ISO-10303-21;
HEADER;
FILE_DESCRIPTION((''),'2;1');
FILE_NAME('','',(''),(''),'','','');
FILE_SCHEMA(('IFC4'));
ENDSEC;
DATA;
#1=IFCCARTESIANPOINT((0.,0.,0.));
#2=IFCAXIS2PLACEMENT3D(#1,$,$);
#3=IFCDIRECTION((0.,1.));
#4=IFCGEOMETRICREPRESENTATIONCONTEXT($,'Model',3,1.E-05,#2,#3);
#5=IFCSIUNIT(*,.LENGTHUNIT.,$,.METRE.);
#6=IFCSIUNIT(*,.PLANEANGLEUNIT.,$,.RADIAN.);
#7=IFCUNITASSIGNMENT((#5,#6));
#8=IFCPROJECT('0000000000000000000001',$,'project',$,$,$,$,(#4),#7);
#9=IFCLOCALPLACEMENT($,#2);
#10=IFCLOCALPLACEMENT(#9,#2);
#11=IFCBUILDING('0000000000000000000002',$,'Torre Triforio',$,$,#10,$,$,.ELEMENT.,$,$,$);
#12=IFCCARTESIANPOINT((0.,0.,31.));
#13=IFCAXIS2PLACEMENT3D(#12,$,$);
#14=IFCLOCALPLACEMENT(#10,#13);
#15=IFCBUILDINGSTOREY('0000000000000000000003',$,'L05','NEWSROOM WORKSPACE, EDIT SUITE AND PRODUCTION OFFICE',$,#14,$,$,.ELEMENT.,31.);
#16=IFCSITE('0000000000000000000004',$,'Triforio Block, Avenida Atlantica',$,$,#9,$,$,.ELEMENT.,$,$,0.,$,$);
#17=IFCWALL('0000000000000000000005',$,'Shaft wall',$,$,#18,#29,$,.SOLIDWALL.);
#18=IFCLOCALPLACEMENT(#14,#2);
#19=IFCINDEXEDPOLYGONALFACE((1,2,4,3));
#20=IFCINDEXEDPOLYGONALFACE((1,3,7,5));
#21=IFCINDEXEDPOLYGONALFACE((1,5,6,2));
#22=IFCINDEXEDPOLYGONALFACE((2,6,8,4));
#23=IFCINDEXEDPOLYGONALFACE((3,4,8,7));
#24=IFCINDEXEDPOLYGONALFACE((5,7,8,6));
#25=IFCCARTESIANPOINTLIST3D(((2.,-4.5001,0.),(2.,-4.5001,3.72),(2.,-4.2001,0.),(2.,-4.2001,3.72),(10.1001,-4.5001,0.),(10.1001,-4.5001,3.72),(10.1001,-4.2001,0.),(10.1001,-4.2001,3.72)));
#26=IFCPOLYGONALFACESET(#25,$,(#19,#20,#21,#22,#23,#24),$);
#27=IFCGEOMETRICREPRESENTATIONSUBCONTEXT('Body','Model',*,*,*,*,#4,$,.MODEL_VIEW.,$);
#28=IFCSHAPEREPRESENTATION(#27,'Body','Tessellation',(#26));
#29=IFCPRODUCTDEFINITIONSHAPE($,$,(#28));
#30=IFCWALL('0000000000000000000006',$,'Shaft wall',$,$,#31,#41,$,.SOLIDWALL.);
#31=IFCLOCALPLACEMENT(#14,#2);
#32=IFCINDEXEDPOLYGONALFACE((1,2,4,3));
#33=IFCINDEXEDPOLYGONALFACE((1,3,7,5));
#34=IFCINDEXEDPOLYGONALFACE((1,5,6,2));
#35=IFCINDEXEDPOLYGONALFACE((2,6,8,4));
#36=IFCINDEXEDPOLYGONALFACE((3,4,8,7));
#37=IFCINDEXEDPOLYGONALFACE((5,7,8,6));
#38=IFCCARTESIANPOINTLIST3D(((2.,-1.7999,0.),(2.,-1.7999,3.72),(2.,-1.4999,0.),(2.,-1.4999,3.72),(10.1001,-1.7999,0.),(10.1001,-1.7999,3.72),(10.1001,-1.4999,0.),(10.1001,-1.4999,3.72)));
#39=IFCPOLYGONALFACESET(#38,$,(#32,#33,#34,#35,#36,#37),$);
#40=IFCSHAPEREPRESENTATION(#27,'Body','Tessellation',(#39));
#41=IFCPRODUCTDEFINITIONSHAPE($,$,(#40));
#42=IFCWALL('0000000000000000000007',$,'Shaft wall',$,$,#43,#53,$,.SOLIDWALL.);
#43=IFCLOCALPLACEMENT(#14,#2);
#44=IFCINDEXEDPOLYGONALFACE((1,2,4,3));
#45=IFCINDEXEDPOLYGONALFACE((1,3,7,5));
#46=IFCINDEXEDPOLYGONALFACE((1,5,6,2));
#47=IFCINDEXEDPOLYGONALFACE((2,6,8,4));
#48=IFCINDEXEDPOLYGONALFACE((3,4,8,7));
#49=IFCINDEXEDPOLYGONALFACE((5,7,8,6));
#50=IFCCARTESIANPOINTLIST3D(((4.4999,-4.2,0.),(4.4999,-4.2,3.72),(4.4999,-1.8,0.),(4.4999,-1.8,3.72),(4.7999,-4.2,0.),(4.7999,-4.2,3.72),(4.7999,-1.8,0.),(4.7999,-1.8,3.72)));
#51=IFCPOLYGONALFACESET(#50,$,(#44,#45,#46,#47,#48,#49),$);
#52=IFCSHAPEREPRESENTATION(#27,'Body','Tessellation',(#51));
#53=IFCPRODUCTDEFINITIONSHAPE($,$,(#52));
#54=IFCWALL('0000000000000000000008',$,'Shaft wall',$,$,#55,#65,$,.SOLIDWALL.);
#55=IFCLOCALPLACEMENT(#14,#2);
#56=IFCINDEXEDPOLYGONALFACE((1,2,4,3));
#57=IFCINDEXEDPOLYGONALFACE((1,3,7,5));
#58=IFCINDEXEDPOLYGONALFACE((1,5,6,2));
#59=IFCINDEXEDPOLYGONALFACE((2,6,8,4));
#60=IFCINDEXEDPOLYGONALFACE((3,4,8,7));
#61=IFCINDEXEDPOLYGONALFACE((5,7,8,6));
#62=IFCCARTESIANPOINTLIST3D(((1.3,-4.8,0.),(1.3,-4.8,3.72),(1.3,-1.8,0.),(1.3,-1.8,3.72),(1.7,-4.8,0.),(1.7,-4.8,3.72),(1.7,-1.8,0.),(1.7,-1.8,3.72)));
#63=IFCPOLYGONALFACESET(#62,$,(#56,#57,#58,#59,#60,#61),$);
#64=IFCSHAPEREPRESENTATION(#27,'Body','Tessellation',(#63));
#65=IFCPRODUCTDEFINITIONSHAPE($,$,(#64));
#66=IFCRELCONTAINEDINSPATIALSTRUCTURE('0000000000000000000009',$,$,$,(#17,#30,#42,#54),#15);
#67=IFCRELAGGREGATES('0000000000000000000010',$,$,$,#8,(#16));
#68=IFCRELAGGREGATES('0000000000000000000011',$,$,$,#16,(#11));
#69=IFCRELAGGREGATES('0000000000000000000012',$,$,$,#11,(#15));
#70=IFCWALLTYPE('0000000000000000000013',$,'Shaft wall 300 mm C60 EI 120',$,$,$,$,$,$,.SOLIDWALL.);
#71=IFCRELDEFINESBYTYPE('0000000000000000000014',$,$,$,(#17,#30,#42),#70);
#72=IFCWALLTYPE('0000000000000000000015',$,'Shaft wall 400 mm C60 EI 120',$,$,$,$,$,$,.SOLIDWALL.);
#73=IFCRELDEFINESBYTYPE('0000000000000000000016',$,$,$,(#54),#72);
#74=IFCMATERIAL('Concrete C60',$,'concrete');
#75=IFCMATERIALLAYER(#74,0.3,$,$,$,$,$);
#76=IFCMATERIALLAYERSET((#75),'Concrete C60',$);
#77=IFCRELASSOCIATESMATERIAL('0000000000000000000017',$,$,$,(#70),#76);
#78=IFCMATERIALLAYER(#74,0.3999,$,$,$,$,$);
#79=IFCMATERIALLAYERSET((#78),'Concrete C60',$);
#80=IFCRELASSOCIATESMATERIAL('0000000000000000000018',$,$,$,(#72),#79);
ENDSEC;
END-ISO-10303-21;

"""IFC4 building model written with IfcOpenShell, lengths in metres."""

from ifc_helpers import new_model, si_unit, direction, frame, frame_2d, origin, place, context, subcontext, project, spatial, rectangle, extrude, material, layer, layer_set, type_object, element, save


model = new_model("IFC4")

# Units and contexts
model_context = context("Model", 3, precision=1e-05, world=origin(), true_north=direction((0.0, 1.0)))
body_context = subcontext(model_context, "Body", "Model", "MODEL_VIEW")
ifc_project = project(units=[si_unit("LENGTHUNIT", "METRE"), si_unit("PLANEANGLEUNIT", "RADIAN")], contexts=[model_context])

# Site, building, storey
site_placement = place(None, origin())
site = spatial("IfcSite", under=ifc_project, at=site_placement, Name="Triforio Block, Avenida Atlantica", CompositionType="ELEMENT", RefElevation=0.0)
building_placement = place(site_placement, origin())
building = spatial("IfcBuilding", under=site, at=building_placement, Name="Torre Triforio", CompositionType="ELEMENT")
storey_placement = place(building_placement, frame((0.0, 0.0, 31.0)))
storey = spatial("IfcBuildingStorey", under=building, at=storey_placement, Name="L05", Description="NEWSROOM WORKSPACE, EDIT SUITE AND PRODUCTION OFFICE", CompositionType="ELEMENT", Elevation=31.0)

# Shared definitions
ifc_material_1 = material(Name="Concrete C60", Category="concrete")

# Walls
ifc_layer_1 = layer(ifc_material_1, 0.3)
ifc_layer_set_1 = layer_set([ifc_layer_1], Name="Concrete C60")
wall_type_1 = type_object("IfcWallType", Name="Shaft wall 300 mm C60 EI 120", PredefinedType="SOLIDWALL", material=ifc_layer_set_1)
for number, where, z_axis, x_axis, name in (
    (1, (2.0, -4.3501, 0.0), (0.0, 0.0, 1.0), (1.0, 0.0, 0.0), "Shaft wall"),
    (2, (2.0, -1.6499, 0.0), (0.0, 0.0, 1.0), (1.0, 0.0, 0.0), "Shaft wall"),
):
    element("IfcWall", number, at=place(storey_placement, frame(where, z_axis=z_axis, x_axis=x_axis)), inside=storey, type_object=wall_type_1, Name=name, PredefinedType="SOLIDWALL", context=body_context, shape_type="SweptSolid", body=[
        extrude(rectangle(XDim=8.1001, YDim=0.3, at=frame_2d((4.05, 0.0))), origin(), (0.0, 0.0, 1.0), 3.72),
    ])
wall_1_placement = place(storey_placement, frame((4.6499, -4.2, 0.0), z_axis=(0.0, 0.0, 1.0), x_axis=(0.0, 1.0, 0.0)))
element("IfcWall", 3, at=wall_1_placement, inside=storey, type_object=wall_type_1, Name="Shaft wall", PredefinedType="SOLIDWALL", context=body_context, shape_type="SweptSolid", body=[
    extrude(rectangle(XDim=2.3999, YDim=0.3, at=frame_2d((1.2, 0.0))), origin(), (0.0, 0.0, 1.0), 3.72),
])
ifc_layer_2 = layer(ifc_material_1, 0.3999)
ifc_layer_set_2 = layer_set([ifc_layer_2], Name="Concrete C60")
wall_type_2 = type_object("IfcWallType", Name="Shaft wall 400 mm C60 EI 120", PredefinedType="SOLIDWALL", material=ifc_layer_set_2)
wall_2_placement = place(storey_placement, frame((1.5, -4.8, 0.0), z_axis=(0.0, 0.0, 1.0), x_axis=(0.0, 1.0, 0.0)))
element("IfcWall", 4, at=wall_2_placement, inside=storey, type_object=wall_type_2, Name="Shaft wall", PredefinedType="SOLIDWALL", context=body_context, shape_type="SweptSolid", body=[
    extrude(rectangle(XDim=3.0, YDim=0.3999, at=frame_2d((1.5, 0.0))), origin(), (0.0, 0.0, 1.0), 3.72),
])

save(model, "model.ifc")
